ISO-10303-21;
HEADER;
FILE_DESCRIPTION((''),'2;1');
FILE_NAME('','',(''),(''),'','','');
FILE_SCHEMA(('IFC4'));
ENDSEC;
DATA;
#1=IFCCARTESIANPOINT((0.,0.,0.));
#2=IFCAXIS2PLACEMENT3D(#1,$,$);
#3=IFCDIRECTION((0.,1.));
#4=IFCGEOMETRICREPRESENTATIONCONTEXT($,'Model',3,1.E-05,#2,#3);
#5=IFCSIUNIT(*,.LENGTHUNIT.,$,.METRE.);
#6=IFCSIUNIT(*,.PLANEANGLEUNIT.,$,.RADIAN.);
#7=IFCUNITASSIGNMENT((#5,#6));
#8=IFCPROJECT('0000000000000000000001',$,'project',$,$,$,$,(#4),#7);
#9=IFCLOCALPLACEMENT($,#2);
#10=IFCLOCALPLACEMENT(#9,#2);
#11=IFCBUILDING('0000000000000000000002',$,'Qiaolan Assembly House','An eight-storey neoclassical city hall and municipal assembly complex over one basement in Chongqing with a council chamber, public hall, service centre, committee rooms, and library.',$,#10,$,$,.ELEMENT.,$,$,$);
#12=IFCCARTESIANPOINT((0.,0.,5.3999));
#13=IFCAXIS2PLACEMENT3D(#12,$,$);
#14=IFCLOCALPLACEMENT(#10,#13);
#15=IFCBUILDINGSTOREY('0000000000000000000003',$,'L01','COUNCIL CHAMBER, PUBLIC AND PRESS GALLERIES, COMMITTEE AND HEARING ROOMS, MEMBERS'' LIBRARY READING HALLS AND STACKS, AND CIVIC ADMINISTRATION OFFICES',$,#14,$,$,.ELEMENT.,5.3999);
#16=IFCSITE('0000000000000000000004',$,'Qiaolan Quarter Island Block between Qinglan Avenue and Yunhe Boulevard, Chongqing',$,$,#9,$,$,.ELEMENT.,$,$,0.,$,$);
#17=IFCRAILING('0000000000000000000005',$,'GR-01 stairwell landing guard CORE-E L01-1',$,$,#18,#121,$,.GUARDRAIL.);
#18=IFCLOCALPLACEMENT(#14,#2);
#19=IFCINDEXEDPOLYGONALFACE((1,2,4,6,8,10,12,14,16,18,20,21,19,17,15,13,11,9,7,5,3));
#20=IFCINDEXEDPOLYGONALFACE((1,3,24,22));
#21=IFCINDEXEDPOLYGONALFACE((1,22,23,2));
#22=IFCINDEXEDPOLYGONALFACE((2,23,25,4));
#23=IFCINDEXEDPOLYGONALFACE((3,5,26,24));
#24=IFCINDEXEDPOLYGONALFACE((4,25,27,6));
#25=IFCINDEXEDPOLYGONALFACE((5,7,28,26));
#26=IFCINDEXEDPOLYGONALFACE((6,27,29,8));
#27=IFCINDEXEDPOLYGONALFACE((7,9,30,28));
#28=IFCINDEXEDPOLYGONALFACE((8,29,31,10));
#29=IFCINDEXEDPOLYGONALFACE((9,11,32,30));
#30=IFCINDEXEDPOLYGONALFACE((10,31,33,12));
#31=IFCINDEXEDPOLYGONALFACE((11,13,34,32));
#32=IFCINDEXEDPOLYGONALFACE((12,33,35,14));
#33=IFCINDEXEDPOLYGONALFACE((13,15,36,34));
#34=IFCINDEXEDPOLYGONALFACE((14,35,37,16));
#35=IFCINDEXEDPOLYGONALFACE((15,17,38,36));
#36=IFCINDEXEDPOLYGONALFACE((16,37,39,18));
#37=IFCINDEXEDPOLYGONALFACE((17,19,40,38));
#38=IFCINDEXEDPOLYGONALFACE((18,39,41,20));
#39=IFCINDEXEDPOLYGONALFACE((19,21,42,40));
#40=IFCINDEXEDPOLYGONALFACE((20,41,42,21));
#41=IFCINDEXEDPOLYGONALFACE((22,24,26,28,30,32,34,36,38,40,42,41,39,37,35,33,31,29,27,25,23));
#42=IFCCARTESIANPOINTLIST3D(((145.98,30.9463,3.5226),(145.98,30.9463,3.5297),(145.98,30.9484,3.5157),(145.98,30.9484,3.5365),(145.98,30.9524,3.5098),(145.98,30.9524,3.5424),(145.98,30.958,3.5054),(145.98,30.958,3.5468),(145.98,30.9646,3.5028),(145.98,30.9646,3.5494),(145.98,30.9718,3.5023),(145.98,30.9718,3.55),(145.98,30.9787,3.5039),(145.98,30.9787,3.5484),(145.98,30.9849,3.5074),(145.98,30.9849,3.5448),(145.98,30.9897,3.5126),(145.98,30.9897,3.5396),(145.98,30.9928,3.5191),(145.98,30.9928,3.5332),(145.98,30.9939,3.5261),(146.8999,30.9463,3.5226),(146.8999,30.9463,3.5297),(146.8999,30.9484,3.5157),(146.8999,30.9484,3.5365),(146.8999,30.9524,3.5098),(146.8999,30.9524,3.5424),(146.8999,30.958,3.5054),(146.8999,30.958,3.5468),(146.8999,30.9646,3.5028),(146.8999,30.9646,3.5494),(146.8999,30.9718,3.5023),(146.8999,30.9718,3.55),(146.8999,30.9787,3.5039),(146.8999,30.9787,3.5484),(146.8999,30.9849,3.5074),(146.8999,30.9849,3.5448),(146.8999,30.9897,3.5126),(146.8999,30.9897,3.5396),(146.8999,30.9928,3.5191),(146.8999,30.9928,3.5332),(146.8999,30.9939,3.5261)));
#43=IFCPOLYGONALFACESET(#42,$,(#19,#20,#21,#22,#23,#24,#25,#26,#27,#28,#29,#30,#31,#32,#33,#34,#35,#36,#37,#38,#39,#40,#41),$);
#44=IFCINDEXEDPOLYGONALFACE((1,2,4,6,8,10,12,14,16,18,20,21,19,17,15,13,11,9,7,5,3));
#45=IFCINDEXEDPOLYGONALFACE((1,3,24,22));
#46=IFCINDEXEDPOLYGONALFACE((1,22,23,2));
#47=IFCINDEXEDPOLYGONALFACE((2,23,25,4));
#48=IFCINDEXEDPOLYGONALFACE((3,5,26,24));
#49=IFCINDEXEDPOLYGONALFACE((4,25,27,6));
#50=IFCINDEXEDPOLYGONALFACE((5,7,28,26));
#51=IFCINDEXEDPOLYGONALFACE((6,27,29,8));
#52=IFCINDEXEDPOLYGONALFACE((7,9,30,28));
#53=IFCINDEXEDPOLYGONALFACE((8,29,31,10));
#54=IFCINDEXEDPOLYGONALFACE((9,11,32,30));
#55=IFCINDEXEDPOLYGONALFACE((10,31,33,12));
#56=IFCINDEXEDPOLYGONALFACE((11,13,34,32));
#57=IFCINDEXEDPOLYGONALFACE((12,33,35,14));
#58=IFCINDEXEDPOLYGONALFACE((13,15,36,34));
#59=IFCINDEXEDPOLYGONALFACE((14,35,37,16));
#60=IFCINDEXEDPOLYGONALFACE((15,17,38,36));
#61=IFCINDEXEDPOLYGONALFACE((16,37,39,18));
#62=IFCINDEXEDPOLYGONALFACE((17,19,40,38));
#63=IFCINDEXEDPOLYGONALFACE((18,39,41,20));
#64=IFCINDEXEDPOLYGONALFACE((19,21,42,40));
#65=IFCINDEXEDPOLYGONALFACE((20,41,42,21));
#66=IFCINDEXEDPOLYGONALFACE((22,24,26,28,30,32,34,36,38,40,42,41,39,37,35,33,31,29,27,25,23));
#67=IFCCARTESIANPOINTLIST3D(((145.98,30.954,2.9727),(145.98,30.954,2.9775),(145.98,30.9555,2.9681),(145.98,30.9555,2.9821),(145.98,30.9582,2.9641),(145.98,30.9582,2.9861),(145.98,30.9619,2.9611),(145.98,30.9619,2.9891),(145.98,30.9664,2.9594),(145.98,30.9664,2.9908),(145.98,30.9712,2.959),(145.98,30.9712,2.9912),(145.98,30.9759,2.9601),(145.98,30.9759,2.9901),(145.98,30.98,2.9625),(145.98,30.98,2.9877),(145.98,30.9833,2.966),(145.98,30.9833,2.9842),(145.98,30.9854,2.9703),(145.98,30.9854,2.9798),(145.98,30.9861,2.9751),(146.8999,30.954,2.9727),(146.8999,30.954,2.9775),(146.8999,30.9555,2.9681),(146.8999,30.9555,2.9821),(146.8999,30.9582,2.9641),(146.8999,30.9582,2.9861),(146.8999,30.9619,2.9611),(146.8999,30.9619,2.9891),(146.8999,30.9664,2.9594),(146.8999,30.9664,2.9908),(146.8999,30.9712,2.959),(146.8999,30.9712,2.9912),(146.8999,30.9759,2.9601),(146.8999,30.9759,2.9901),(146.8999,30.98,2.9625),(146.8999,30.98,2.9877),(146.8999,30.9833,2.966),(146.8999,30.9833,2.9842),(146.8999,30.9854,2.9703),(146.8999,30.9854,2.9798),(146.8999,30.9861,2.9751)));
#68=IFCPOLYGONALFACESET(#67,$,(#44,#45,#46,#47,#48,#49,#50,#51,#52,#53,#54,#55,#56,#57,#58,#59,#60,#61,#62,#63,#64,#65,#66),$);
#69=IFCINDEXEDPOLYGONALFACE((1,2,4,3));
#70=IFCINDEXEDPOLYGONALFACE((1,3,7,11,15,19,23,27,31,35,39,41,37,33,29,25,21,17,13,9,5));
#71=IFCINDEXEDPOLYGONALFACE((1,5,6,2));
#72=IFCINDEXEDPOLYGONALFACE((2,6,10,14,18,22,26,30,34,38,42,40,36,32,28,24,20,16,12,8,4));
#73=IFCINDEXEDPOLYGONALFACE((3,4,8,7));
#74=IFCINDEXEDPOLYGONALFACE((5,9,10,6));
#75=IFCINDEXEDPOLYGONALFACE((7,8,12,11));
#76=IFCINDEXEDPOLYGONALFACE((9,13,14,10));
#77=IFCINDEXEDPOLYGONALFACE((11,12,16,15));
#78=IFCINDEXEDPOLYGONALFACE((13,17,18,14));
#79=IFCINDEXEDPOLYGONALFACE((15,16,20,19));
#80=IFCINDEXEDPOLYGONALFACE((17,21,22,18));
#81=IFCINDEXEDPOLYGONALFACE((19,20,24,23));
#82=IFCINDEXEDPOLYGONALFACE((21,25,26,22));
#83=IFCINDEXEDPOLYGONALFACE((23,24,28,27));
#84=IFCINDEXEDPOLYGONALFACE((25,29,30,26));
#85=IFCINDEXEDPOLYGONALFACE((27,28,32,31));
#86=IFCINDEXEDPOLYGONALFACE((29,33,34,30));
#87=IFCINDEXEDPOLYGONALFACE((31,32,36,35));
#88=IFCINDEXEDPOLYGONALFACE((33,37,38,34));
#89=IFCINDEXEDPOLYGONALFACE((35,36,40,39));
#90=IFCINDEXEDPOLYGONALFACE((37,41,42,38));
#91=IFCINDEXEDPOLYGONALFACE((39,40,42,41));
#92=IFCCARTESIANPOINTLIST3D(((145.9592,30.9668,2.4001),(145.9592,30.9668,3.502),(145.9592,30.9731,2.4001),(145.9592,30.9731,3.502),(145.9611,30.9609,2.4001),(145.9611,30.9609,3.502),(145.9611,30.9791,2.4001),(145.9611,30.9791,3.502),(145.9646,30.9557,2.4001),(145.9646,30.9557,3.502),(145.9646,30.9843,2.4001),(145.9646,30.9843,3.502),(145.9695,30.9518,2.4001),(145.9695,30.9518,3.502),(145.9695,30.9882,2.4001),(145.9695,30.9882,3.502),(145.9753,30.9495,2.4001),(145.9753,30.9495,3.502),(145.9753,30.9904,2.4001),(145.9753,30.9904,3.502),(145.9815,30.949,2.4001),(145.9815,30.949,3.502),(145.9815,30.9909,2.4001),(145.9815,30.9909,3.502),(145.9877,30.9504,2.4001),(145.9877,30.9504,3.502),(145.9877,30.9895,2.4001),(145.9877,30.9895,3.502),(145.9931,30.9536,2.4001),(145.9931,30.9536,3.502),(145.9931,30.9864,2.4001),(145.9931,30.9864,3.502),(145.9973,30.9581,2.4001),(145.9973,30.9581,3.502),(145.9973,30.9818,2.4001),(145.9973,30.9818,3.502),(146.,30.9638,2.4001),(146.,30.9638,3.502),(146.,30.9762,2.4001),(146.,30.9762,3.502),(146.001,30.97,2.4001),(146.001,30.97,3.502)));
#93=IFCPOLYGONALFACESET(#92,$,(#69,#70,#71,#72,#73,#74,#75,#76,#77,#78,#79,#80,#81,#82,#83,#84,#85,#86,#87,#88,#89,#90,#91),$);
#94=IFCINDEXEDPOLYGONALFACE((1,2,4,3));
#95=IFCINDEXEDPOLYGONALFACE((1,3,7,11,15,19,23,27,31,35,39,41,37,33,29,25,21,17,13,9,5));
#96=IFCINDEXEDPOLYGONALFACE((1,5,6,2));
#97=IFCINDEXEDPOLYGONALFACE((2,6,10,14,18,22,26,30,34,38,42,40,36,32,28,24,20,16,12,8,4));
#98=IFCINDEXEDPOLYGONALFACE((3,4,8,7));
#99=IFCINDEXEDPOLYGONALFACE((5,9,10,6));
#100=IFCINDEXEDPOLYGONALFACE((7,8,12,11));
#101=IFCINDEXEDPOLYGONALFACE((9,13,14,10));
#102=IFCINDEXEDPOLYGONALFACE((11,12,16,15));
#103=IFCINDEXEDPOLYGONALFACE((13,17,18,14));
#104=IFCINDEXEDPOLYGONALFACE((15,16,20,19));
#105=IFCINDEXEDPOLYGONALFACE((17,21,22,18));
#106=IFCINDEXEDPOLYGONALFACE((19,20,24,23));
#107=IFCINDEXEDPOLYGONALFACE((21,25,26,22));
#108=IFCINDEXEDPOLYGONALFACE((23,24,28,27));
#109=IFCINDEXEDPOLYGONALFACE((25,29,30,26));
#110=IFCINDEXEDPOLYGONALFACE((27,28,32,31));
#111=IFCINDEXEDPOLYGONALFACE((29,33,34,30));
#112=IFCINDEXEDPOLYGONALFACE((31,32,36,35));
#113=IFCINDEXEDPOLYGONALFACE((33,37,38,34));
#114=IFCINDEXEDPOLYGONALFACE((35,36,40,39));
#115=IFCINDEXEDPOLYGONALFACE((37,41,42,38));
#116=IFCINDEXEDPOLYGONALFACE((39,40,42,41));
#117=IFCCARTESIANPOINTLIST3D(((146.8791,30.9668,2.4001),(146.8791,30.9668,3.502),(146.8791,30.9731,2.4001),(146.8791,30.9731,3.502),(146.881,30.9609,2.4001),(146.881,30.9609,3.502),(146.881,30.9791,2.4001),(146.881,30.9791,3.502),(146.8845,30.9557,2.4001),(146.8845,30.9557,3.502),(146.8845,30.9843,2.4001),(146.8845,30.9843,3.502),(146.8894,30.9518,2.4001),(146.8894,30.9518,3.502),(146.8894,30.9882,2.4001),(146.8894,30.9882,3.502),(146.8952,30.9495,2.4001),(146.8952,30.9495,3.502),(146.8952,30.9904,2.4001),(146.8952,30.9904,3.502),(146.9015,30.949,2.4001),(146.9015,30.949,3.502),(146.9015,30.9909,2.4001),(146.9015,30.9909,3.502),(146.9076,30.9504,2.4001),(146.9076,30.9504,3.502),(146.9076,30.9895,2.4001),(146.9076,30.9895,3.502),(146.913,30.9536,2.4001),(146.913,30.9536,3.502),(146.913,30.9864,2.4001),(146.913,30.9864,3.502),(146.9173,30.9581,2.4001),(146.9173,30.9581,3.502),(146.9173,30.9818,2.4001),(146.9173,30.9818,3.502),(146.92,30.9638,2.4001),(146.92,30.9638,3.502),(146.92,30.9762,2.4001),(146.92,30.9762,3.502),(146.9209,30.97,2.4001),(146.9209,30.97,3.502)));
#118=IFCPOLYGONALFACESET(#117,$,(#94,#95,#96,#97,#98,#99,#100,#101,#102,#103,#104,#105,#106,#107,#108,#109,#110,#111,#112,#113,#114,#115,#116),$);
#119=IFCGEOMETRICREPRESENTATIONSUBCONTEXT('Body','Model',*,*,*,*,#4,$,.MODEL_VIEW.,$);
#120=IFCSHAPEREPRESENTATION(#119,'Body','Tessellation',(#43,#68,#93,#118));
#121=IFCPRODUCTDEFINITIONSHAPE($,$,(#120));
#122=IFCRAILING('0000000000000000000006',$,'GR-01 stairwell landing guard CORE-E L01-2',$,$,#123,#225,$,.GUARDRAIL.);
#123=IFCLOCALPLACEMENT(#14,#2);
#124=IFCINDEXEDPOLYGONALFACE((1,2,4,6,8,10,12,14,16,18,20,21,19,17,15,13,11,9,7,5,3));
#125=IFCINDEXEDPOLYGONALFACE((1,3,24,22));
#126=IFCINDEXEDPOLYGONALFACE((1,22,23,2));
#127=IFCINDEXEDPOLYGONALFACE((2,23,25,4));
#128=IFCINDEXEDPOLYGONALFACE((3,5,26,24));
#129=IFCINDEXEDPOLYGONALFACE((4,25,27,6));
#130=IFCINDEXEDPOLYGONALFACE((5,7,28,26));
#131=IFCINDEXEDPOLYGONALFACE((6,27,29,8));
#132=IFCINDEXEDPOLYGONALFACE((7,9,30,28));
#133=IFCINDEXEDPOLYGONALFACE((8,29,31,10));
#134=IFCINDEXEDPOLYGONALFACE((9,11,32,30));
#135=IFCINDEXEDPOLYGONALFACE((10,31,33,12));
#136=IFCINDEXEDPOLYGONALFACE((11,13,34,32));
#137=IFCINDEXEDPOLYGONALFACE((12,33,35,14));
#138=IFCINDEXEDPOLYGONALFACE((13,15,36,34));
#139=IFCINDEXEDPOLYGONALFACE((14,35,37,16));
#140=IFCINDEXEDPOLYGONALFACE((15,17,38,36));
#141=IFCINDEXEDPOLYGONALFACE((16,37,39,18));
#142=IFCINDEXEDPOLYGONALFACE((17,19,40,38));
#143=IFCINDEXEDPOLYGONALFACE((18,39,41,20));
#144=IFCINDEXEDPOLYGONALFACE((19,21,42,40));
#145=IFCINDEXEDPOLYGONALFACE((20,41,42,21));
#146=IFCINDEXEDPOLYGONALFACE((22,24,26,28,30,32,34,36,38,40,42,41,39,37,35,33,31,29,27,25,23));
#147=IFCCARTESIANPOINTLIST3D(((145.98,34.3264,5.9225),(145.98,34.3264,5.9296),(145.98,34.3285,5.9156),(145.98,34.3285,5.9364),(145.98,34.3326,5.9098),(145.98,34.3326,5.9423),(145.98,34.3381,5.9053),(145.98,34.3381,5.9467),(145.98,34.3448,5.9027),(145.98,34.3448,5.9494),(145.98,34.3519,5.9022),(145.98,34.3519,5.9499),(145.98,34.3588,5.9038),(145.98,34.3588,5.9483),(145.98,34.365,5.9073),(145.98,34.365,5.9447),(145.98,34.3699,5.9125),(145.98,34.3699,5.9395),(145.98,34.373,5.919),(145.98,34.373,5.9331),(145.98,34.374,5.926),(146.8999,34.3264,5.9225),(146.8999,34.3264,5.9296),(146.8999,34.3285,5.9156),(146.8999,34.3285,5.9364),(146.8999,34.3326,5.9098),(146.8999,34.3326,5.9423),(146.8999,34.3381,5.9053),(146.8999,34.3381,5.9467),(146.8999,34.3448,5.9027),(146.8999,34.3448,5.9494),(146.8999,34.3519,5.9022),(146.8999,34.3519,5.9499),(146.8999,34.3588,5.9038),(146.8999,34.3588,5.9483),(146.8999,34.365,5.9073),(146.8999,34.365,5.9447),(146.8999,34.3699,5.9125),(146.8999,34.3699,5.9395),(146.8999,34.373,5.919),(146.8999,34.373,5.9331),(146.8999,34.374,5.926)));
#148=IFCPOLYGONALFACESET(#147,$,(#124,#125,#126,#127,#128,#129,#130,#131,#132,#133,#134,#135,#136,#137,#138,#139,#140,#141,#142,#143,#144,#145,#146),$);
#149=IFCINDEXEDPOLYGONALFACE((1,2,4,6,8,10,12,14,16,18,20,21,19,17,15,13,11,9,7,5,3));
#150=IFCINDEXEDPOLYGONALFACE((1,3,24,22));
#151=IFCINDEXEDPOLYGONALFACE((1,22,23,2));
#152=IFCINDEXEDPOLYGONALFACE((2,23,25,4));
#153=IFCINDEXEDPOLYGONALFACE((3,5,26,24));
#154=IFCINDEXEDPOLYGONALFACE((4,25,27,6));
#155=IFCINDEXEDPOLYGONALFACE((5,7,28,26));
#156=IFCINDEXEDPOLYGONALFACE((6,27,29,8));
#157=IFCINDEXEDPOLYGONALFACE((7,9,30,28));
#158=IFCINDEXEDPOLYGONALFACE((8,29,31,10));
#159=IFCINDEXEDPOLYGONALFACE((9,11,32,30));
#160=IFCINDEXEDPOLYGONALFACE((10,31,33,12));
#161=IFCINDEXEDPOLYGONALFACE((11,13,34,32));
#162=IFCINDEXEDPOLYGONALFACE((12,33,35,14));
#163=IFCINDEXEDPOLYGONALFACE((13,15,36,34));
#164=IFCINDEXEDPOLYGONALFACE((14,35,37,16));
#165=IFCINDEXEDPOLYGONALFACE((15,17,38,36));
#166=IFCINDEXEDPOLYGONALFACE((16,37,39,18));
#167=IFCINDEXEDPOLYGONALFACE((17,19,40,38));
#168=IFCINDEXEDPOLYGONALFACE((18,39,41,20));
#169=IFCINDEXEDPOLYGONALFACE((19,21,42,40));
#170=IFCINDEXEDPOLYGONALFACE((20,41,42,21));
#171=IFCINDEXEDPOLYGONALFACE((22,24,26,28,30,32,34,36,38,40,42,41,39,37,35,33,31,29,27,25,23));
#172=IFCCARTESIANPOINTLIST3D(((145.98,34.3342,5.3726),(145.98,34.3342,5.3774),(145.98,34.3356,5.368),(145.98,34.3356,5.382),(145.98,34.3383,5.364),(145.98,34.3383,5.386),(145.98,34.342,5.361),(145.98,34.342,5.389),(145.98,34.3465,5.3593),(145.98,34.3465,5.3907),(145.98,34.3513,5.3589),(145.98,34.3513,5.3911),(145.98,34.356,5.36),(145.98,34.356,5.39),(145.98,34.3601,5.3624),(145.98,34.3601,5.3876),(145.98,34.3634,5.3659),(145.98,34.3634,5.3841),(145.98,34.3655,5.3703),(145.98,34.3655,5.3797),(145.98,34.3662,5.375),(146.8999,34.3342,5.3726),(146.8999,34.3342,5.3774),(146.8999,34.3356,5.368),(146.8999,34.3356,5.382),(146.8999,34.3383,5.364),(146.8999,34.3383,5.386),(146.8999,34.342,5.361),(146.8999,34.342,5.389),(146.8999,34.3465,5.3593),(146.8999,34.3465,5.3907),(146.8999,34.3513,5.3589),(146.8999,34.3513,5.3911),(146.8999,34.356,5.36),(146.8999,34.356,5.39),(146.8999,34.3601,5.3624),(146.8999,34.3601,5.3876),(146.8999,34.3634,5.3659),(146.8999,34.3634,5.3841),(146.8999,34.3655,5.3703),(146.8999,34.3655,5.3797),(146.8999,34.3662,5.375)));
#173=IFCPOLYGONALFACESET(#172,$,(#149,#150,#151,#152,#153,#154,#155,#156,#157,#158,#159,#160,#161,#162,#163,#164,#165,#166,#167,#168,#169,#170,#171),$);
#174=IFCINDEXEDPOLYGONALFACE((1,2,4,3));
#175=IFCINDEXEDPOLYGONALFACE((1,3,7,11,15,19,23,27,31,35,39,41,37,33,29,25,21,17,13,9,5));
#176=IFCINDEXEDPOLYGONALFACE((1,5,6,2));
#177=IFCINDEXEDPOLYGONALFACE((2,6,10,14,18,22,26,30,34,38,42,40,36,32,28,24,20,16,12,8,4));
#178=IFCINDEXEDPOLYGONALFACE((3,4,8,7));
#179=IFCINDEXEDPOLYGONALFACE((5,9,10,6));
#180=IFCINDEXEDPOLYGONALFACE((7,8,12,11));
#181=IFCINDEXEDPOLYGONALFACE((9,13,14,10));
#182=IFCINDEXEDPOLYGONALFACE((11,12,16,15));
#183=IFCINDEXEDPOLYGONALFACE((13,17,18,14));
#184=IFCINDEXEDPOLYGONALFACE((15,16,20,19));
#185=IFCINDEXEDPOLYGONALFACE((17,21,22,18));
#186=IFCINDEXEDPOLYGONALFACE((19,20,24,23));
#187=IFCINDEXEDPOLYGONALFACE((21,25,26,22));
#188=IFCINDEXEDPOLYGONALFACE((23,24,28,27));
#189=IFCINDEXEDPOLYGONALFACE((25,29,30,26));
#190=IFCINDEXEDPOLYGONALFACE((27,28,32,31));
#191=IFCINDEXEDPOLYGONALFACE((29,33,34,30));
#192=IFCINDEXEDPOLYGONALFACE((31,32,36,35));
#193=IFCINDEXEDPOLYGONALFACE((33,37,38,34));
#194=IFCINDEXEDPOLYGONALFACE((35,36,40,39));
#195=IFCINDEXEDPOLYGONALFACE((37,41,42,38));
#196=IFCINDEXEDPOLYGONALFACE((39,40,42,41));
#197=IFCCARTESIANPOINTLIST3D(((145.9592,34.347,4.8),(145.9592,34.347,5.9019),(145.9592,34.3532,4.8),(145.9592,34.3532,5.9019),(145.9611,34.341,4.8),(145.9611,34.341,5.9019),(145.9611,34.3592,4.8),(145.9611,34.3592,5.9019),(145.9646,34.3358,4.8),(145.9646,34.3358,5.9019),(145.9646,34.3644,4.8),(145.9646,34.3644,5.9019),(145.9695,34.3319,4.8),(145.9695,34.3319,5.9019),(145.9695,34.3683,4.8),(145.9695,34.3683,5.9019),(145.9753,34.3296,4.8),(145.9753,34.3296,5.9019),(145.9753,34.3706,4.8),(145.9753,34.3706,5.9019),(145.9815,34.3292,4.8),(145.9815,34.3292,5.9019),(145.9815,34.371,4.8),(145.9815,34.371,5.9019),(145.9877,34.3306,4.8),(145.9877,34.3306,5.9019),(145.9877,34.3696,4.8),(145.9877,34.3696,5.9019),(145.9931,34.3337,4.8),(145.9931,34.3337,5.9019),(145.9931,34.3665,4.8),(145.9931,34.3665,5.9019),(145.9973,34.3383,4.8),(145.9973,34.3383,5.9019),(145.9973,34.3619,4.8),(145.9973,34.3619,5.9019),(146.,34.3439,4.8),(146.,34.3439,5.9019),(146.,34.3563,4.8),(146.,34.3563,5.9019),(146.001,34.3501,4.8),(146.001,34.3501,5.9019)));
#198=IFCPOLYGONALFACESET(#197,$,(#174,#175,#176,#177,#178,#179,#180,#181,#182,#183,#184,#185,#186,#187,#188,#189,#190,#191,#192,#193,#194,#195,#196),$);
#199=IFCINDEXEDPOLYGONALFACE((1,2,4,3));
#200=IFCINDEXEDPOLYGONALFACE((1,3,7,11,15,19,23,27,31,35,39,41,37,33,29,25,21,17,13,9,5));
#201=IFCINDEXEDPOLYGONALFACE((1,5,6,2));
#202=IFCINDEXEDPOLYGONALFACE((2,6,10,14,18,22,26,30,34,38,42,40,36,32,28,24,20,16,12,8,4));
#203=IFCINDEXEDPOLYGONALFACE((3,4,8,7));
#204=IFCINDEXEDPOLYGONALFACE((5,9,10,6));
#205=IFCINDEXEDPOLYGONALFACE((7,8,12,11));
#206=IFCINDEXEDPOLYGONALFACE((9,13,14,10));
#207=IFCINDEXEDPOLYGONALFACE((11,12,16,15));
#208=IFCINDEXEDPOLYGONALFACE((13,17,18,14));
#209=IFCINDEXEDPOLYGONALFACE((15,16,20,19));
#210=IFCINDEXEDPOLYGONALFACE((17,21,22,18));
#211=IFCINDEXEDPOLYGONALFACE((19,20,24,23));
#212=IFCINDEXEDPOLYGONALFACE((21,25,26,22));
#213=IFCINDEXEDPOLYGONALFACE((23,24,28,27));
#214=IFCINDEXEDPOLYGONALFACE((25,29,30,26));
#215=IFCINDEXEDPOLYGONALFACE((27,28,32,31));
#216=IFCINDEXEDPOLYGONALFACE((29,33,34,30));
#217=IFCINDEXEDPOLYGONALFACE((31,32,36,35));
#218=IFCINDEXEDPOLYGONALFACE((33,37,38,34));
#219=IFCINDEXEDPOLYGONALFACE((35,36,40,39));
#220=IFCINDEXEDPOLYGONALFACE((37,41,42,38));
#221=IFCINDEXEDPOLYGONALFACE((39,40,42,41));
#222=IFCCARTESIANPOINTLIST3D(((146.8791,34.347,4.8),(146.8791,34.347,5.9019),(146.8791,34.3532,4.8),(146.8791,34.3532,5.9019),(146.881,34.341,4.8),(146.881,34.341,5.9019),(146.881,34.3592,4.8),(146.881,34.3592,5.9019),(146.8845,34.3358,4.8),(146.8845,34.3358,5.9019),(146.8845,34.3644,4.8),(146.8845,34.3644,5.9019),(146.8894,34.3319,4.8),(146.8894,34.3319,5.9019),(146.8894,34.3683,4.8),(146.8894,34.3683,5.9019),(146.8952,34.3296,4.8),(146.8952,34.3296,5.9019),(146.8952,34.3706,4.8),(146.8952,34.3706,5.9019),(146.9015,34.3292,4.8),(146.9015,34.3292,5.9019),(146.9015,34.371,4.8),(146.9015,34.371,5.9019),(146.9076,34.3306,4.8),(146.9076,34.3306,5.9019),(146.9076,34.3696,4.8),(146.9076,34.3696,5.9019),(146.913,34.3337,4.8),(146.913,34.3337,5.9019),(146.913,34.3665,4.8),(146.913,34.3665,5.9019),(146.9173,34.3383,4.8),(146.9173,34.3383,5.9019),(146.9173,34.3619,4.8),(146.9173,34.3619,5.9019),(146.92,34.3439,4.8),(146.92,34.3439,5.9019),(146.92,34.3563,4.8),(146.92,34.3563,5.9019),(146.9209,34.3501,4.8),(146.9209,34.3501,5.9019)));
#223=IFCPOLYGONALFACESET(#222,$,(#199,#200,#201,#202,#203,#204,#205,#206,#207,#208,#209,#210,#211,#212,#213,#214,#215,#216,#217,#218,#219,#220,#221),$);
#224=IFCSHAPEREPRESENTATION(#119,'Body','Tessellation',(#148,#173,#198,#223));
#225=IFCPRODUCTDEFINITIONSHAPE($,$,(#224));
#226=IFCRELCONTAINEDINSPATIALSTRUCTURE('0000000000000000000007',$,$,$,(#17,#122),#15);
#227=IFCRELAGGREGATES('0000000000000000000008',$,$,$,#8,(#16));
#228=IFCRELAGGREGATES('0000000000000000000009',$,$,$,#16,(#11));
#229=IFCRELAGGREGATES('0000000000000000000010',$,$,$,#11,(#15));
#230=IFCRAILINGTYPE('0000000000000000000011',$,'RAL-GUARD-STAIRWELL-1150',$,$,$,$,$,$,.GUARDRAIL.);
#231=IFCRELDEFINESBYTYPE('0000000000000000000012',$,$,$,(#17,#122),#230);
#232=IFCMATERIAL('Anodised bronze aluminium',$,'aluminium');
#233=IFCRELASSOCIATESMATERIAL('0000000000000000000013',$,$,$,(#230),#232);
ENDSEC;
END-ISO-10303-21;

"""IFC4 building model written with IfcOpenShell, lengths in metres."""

from ifc_helpers import new_model, si_unit, direction, frame, origin, origin_2d, place, context, subcontext, project, spatial, circle, extrude, material, type_object, element, save


model = new_model("IFC4")

# Units and contexts
model_context = context("Model", 3, precision=1e-05, world=origin(), true_north=direction((0.0, 1.0)))
body_context = subcontext(model_context, "Body", "Model", "MODEL_VIEW")
ifc_project = project(units=[si_unit("LENGTHUNIT", "METRE"), si_unit("PLANEANGLEUNIT", "RADIAN")], contexts=[model_context])

# Site, building, storey
site_placement = place(None, origin())
site = spatial("IfcSite", under=ifc_project, at=site_placement, Name="Qiaolan Quarter Island Block between Qinglan Avenue and Yunhe Boulevard, Chongqing", CompositionType="ELEMENT", RefElevation=0.0)
building_placement = place(site_placement, origin())
building = spatial("IfcBuilding", under=site, at=building_placement, Name="Qiaolan Assembly House", Description="An eight-storey neoclassical city hall and municipal assembly complex over one basement in Chongqing with a council chamber, public hall, service centre, committee rooms, and library.", CompositionType="ELEMENT")
storey_placement = place(building_placement, frame((0.0, 0.0, 5.3999)))
storey = spatial("IfcBuildingStorey", under=building, at=storey_placement, Name="L01", Description="COUNCIL CHAMBER, PUBLIC AND PRESS GALLERIES, COMMITTEE AND HEARING ROOMS, MEMBERS' LIBRARY READING HALLS AND STACKS, AND CIVIC ADMINISTRATION OFFICES", CompositionType="ELEMENT", Elevation=5.3999)

# Shared definitions
ifc_material_1 = material(Name="Anodised bronze aluminium", Category="aluminium")

# Railings
railing_type_1 = type_object("IfcRailingType", Name="RAL-GUARD-STAIRWELL-1150", PredefinedType="GUARDRAIL", material=ifc_material_1)
for number, where, name in (
    (1, (145.98, 30.97, 2.4001), "GR-01 stairwell landing guard CORE-E L01-1"),
    (2, (145.98, 34.3501, 4.8), "GR-01 stairwell landing guard CORE-E L01-2"),
):
    element("IfcRailing", number, at=place(storey_placement, frame(where)), inside=storey, type_object=railing_type_1, Name=name, PredefinedType="GUARDRAIL", context=body_context, shape_type="SweptSolid", body=[
        extrude(circle(Radius=0.0239, at=origin_2d()), frame((0.0, 0.0, 1.126), z_axis=(1.0, 0.0, 0.0), x_axis=(0.0, 1.0, 0.0)), (0.0, 0.0, 1.0), 0.9199),
        extrude(circle(Radius=0.0161, at=origin_2d()), frame((0.0, 0.0, 0.575), z_axis=(1.0, 0.0, 0.0), x_axis=(0.0, 1.0, 0.0)), (0.0, 0.0, 1.0), 0.9199),
        extrude(circle(Radius=0.021, at=origin_2d()), origin(), (0.0, 0.0, 1.0), 1.1018),
        extrude(circle(Radius=0.021, at=origin_2d()), frame((0.9199, 0.0, 0.0)), (0.0, 0.0, 1.0), 1.1018),
    ])

save(model, "model.ifc")
